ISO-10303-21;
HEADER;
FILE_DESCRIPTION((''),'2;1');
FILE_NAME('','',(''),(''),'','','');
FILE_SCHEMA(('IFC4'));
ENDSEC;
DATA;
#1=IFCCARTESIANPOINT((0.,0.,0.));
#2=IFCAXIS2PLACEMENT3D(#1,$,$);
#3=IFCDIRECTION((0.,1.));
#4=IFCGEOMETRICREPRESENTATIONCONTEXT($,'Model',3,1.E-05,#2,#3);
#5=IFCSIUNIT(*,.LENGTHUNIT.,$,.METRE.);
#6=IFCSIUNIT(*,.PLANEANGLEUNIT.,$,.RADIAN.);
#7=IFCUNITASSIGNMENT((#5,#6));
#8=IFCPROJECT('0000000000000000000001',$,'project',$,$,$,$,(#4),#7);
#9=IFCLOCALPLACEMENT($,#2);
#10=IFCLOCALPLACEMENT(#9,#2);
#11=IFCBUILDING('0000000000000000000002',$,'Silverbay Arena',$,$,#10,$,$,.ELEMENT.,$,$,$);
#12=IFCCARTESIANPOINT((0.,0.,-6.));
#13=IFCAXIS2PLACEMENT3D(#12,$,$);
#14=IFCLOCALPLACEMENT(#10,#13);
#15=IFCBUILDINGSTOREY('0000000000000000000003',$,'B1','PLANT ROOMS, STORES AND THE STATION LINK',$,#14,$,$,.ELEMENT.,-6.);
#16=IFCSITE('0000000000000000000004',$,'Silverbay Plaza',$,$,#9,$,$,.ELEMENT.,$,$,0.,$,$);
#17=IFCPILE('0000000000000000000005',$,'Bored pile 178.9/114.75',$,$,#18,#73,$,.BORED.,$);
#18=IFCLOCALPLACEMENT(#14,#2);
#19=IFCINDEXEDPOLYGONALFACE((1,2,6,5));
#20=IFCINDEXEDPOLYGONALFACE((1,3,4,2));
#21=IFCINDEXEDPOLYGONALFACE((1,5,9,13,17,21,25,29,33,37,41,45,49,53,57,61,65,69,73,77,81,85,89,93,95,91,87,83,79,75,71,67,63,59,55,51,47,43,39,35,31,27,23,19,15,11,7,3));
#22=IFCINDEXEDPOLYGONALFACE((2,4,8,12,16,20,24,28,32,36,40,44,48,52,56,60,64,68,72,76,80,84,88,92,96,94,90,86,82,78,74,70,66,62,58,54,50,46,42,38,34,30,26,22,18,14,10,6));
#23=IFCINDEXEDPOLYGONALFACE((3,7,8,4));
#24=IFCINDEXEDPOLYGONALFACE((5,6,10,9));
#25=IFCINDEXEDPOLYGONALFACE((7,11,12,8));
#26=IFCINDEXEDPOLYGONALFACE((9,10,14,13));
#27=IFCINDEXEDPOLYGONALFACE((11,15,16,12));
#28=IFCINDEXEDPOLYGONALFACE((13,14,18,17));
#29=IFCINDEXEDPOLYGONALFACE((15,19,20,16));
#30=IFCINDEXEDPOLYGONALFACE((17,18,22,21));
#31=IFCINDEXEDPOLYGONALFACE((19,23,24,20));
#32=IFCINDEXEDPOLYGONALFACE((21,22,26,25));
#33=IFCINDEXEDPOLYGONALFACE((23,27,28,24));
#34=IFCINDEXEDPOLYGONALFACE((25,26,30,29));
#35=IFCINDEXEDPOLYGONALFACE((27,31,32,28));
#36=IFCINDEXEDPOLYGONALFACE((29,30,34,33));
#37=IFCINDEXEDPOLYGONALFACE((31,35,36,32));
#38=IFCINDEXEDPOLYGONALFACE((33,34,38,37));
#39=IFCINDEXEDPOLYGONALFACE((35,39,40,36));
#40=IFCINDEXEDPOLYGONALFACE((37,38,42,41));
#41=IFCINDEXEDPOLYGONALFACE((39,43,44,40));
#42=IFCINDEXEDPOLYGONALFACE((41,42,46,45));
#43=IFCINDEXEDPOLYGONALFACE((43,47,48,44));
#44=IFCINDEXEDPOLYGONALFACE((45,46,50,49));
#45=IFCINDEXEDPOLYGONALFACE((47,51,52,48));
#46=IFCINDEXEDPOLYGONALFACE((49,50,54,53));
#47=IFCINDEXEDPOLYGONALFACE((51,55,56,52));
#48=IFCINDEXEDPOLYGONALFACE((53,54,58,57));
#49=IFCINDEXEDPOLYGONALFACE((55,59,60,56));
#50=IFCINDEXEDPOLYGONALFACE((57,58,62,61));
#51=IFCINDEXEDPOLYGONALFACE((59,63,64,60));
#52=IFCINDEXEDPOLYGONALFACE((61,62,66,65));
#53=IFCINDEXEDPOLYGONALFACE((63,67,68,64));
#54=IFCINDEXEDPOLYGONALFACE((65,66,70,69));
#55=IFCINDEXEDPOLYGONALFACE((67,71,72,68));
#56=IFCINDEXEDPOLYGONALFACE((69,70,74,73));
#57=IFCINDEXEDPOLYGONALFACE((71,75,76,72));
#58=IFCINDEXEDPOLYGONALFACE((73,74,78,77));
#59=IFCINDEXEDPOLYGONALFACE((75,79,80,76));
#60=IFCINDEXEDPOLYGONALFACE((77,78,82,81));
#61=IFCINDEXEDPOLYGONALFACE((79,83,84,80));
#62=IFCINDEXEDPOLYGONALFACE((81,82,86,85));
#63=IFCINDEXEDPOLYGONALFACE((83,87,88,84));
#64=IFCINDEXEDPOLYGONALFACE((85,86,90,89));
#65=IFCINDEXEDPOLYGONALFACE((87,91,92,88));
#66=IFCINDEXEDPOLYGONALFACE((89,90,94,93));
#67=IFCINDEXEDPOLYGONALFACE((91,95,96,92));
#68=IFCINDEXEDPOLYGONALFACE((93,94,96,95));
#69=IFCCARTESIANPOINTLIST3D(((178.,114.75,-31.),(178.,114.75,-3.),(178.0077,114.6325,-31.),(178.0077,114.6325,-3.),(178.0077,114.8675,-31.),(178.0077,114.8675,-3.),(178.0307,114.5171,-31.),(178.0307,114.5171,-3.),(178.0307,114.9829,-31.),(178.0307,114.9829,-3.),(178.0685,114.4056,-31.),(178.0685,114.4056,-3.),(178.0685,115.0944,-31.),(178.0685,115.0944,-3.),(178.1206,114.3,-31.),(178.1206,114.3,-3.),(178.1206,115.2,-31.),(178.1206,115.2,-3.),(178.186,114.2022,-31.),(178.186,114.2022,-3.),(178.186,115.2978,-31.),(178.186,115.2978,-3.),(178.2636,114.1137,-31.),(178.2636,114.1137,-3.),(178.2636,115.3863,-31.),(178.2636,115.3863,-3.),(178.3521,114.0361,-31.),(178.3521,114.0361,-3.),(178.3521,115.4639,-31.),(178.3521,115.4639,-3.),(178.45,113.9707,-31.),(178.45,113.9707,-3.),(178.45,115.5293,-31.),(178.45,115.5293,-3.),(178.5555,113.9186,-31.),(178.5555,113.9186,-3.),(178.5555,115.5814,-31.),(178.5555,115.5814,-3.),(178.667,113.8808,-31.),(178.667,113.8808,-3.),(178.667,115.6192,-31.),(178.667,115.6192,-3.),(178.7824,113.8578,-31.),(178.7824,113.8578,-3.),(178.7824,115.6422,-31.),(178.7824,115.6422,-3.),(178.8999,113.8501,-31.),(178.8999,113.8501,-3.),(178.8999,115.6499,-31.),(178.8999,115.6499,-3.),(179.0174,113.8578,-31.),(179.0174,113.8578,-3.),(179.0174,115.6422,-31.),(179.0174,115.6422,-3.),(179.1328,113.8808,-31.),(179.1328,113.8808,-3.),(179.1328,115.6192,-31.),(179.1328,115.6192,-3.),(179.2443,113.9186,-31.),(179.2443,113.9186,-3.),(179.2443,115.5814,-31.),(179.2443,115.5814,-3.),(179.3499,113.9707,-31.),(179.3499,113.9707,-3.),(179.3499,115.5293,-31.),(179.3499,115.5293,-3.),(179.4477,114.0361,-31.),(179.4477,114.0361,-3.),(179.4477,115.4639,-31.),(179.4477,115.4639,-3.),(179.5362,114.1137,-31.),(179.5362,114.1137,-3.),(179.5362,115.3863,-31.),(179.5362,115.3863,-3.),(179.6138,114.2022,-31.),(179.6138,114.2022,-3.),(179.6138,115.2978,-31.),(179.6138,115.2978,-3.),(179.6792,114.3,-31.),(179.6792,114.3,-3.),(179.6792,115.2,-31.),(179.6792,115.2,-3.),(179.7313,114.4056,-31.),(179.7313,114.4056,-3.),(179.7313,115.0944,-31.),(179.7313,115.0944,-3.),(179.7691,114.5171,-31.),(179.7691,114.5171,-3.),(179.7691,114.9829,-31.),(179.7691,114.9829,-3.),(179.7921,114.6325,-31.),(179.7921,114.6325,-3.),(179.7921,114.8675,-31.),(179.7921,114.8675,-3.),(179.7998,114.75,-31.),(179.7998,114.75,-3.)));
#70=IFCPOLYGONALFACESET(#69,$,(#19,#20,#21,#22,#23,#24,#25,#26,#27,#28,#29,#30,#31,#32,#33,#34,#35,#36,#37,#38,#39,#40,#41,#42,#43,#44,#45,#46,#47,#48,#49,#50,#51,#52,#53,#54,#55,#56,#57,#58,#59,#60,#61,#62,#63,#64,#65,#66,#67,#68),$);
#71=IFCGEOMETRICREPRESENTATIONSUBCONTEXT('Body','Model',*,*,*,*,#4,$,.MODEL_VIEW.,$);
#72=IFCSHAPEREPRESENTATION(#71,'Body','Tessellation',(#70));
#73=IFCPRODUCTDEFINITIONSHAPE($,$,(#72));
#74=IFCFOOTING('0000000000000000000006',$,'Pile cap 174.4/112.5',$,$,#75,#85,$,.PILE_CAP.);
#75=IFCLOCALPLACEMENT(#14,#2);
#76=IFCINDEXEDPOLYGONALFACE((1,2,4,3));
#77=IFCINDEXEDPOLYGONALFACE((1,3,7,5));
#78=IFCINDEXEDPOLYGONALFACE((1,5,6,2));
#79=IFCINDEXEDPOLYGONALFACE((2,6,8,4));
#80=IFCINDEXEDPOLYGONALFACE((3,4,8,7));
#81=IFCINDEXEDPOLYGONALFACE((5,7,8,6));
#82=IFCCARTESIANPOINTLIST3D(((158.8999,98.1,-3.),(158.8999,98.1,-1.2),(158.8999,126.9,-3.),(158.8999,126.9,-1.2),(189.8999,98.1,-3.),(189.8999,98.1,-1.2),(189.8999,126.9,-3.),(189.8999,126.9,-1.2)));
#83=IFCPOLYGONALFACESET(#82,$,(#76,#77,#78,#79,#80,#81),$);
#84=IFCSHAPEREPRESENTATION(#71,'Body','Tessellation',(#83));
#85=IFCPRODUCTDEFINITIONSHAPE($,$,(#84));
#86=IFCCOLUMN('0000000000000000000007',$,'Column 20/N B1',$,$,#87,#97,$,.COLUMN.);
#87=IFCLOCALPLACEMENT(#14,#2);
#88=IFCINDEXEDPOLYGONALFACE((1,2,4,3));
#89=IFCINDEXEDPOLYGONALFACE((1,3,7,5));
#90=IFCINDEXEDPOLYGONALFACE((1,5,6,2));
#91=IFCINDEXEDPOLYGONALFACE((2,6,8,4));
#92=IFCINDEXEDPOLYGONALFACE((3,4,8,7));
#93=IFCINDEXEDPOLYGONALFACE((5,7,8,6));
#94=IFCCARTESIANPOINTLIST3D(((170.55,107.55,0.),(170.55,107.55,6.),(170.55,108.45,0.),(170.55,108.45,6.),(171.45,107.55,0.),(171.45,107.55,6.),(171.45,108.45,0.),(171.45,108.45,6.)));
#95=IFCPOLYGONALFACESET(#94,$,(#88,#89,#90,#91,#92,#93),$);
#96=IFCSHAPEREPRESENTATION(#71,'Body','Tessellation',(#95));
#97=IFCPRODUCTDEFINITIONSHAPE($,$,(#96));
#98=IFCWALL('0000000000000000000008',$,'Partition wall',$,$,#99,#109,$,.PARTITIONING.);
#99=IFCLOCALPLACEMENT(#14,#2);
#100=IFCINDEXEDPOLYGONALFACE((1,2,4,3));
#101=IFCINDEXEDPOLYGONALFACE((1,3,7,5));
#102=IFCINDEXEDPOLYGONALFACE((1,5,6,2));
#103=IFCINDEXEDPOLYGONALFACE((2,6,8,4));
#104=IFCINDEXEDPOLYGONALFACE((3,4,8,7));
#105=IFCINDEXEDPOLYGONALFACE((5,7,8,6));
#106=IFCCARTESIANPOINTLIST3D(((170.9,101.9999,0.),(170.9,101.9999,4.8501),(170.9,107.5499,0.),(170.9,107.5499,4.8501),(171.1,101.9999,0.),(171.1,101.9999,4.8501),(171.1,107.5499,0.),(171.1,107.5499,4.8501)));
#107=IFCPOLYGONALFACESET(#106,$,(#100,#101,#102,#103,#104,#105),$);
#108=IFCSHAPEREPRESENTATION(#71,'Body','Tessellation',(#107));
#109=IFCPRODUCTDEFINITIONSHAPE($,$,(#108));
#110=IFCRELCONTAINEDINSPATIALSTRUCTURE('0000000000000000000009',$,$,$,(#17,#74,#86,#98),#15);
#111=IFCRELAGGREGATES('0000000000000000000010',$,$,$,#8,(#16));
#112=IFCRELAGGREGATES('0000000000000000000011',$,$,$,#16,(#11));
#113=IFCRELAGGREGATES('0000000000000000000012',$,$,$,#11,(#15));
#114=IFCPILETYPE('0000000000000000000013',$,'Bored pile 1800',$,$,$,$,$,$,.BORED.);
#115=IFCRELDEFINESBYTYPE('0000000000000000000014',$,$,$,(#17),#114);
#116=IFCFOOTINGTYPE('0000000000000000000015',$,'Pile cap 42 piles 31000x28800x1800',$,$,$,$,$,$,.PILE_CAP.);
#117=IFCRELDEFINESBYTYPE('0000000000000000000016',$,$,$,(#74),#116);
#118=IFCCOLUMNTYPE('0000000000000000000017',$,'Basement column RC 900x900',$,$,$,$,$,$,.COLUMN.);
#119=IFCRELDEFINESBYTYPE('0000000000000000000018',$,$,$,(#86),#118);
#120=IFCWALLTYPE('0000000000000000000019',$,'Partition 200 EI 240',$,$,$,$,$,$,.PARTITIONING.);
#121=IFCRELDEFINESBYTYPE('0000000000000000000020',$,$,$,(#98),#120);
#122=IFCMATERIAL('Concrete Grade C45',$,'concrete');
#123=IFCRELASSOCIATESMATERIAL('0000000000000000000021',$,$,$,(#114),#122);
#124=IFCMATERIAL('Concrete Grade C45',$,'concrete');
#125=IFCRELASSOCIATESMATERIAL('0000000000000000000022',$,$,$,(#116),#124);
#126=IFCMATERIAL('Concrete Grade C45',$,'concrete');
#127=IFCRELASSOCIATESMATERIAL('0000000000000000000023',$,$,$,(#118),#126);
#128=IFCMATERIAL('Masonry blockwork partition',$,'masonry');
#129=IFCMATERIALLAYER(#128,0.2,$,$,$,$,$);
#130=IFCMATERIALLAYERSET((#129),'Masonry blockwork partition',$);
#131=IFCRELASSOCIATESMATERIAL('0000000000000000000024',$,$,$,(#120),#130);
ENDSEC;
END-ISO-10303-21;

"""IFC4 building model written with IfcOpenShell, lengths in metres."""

from ifc_helpers import new_model, si_unit, direction, frame, frame_2d, origin, origin_2d, place, context, subcontext, project, spatial, rectangle, circle, extrude, material, layer, layer_set, material_profile, profile_set, type_object, element, save


model = new_model("IFC4")

# Units and contexts
model_context = context("Model", 3, precision=1e-05, world=origin(), true_north=direction((0.0, 1.0)))
body_context = subcontext(model_context, "Body", "Model", "MODEL_VIEW")
ifc_project = project(units=[si_unit("LENGTHUNIT", "METRE"), si_unit("PLANEANGLEUNIT", "RADIAN")], contexts=[model_context])

# Site, building, storey
site_placement = place(None, origin())
site = spatial("IfcSite", under=ifc_project, at=site_placement, Name="Silverbay Plaza", CompositionType="ELEMENT", RefElevation=0.0)
building_placement = place(site_placement, origin())
building = spatial("IfcBuilding", under=site, at=building_placement, Name="Silverbay Arena", CompositionType="ELEMENT")
storey_placement = place(building_placement, frame((0.0, 0.0, -6.0)))
storey = spatial("IfcBuildingStorey", under=building, at=storey_placement, Name="B1", Description="PLANT ROOMS, STORES AND THE STATION LINK", CompositionType="ELEMENT", Elevation=-6.0)

# Pile
ifc_material_1 = material(Name="Concrete Grade C45", Category="concrete")
ifc_material_profile_1 = material_profile(ifc_material_1, circle(Radius=0.8999, at=origin_2d()), Name="Bored pile 1800")
ifc_profile_set_1 = profile_set([ifc_material_profile_1], Name="Concrete Grade C45")
pile_type = type_object("IfcPileType", Name="Bored pile 1800", PredefinedType="BORED", material=ifc_profile_set_1)
for number, where, z_axis, x_axis, name in (
    (1, (178.8999, 114.75, -3.0), (0.0, 0.0, -1.0), (1.0, 0.0, 0.0), "Bored pile 178.9/114.75"),
):
    element("IfcPile", number, at=place(storey_placement, frame(where, z_axis=z_axis, x_axis=x_axis)), inside=storey, type_object=pile_type, Name=name, PredefinedType="BORED", context=body_context, shape_type="SweptSolid", body=[
        extrude(circle(Radius=0.8999, at=origin_2d()), origin(), (0.0, 0.0, 1.0), 28.0),
    ])

# Footing
ifc_material_2 = material(Name="Concrete Grade C45", Category="concrete")
footing_type = type_object("IfcFootingType", Name="Pile cap 42 piles 31000x28800x1800", PredefinedType="PILE_CAP", material=ifc_material_2)
footing_placement = place(storey_placement, frame((174.3999, 112.5, -3.0), z_axis=(0.0, 0.0, 1.0), x_axis=(1.0, 0.0, 0.0)))
element("IfcFooting", 2, at=footing_placement, inside=storey, type_object=footing_type, Name="Pile cap 174.4/112.5", PredefinedType="PILE_CAP", context=body_context, shape_type="SweptSolid", body=[
    extrude(rectangle(XDim=31.0, YDim=28.8, at=origin_2d()), origin(), (0.0, 0.0, 1.0), 1.8),
])

# Column
ifc_material_3 = material(Name="Concrete Grade C45", Category="concrete")
ifc_material_profile_2 = material_profile(ifc_material_3, rectangle(XDim=0.8999, YDim=0.8999, at=origin_2d()), Name="RC 900x900")
ifc_profile_set_2 = profile_set([ifc_material_profile_2], Name="Concrete Grade C45")
column_type = type_object("IfcColumnType", Name="Basement column RC 900x900", PredefinedType="COLUMN", material=ifc_profile_set_2)
column_placement = place(storey_placement, frame((171.0, 108.0, 0.0), z_axis=(0.0, 0.0, 1.0), x_axis=(1.0, 0.0, 0.0)))
element("IfcColumn", 3, at=column_placement, inside=storey, type_object=column_type, Name="Column 20/N B1", PredefinedType="COLUMN", context=body_context, shape_type="SweptSolid", body=[
    extrude(rectangle(XDim=0.8999, YDim=0.8999, at=origin_2d()), origin(), (0.0, 0.0, 1.0), 6.0),
])

# Wall
ifc_material_4 = material(Name="Masonry blockwork partition", Category="masonry")
ifc_layer = layer(ifc_material_4, 0.2)
ifc_layer_set = layer_set([ifc_layer], Name="Masonry blockwork partition")
wall_type = type_object("IfcWallType", Name="Partition 200 EI 240", PredefinedType="PARTITIONING", material=ifc_layer_set)
wall_placement = place(storey_placement, frame((171.0, 102.0, 0.0), z_axis=(0.0, 0.0, 1.0), x_axis=(0.0, 1.0, 0.0)))
element("IfcWall", 4, at=wall_placement, inside=storey, type_object=wall_type, Name="Partition wall", PredefinedType="PARTITIONING", context=body_context, shape_type="SweptSolid", body=[
    extrude(rectangle(XDim=5.55, YDim=0.2, at=frame_2d((2.7749, 0.0))), origin(), (0.0, 0.0, 1.0), 4.8501),
])

save(model, "model.ifc")
